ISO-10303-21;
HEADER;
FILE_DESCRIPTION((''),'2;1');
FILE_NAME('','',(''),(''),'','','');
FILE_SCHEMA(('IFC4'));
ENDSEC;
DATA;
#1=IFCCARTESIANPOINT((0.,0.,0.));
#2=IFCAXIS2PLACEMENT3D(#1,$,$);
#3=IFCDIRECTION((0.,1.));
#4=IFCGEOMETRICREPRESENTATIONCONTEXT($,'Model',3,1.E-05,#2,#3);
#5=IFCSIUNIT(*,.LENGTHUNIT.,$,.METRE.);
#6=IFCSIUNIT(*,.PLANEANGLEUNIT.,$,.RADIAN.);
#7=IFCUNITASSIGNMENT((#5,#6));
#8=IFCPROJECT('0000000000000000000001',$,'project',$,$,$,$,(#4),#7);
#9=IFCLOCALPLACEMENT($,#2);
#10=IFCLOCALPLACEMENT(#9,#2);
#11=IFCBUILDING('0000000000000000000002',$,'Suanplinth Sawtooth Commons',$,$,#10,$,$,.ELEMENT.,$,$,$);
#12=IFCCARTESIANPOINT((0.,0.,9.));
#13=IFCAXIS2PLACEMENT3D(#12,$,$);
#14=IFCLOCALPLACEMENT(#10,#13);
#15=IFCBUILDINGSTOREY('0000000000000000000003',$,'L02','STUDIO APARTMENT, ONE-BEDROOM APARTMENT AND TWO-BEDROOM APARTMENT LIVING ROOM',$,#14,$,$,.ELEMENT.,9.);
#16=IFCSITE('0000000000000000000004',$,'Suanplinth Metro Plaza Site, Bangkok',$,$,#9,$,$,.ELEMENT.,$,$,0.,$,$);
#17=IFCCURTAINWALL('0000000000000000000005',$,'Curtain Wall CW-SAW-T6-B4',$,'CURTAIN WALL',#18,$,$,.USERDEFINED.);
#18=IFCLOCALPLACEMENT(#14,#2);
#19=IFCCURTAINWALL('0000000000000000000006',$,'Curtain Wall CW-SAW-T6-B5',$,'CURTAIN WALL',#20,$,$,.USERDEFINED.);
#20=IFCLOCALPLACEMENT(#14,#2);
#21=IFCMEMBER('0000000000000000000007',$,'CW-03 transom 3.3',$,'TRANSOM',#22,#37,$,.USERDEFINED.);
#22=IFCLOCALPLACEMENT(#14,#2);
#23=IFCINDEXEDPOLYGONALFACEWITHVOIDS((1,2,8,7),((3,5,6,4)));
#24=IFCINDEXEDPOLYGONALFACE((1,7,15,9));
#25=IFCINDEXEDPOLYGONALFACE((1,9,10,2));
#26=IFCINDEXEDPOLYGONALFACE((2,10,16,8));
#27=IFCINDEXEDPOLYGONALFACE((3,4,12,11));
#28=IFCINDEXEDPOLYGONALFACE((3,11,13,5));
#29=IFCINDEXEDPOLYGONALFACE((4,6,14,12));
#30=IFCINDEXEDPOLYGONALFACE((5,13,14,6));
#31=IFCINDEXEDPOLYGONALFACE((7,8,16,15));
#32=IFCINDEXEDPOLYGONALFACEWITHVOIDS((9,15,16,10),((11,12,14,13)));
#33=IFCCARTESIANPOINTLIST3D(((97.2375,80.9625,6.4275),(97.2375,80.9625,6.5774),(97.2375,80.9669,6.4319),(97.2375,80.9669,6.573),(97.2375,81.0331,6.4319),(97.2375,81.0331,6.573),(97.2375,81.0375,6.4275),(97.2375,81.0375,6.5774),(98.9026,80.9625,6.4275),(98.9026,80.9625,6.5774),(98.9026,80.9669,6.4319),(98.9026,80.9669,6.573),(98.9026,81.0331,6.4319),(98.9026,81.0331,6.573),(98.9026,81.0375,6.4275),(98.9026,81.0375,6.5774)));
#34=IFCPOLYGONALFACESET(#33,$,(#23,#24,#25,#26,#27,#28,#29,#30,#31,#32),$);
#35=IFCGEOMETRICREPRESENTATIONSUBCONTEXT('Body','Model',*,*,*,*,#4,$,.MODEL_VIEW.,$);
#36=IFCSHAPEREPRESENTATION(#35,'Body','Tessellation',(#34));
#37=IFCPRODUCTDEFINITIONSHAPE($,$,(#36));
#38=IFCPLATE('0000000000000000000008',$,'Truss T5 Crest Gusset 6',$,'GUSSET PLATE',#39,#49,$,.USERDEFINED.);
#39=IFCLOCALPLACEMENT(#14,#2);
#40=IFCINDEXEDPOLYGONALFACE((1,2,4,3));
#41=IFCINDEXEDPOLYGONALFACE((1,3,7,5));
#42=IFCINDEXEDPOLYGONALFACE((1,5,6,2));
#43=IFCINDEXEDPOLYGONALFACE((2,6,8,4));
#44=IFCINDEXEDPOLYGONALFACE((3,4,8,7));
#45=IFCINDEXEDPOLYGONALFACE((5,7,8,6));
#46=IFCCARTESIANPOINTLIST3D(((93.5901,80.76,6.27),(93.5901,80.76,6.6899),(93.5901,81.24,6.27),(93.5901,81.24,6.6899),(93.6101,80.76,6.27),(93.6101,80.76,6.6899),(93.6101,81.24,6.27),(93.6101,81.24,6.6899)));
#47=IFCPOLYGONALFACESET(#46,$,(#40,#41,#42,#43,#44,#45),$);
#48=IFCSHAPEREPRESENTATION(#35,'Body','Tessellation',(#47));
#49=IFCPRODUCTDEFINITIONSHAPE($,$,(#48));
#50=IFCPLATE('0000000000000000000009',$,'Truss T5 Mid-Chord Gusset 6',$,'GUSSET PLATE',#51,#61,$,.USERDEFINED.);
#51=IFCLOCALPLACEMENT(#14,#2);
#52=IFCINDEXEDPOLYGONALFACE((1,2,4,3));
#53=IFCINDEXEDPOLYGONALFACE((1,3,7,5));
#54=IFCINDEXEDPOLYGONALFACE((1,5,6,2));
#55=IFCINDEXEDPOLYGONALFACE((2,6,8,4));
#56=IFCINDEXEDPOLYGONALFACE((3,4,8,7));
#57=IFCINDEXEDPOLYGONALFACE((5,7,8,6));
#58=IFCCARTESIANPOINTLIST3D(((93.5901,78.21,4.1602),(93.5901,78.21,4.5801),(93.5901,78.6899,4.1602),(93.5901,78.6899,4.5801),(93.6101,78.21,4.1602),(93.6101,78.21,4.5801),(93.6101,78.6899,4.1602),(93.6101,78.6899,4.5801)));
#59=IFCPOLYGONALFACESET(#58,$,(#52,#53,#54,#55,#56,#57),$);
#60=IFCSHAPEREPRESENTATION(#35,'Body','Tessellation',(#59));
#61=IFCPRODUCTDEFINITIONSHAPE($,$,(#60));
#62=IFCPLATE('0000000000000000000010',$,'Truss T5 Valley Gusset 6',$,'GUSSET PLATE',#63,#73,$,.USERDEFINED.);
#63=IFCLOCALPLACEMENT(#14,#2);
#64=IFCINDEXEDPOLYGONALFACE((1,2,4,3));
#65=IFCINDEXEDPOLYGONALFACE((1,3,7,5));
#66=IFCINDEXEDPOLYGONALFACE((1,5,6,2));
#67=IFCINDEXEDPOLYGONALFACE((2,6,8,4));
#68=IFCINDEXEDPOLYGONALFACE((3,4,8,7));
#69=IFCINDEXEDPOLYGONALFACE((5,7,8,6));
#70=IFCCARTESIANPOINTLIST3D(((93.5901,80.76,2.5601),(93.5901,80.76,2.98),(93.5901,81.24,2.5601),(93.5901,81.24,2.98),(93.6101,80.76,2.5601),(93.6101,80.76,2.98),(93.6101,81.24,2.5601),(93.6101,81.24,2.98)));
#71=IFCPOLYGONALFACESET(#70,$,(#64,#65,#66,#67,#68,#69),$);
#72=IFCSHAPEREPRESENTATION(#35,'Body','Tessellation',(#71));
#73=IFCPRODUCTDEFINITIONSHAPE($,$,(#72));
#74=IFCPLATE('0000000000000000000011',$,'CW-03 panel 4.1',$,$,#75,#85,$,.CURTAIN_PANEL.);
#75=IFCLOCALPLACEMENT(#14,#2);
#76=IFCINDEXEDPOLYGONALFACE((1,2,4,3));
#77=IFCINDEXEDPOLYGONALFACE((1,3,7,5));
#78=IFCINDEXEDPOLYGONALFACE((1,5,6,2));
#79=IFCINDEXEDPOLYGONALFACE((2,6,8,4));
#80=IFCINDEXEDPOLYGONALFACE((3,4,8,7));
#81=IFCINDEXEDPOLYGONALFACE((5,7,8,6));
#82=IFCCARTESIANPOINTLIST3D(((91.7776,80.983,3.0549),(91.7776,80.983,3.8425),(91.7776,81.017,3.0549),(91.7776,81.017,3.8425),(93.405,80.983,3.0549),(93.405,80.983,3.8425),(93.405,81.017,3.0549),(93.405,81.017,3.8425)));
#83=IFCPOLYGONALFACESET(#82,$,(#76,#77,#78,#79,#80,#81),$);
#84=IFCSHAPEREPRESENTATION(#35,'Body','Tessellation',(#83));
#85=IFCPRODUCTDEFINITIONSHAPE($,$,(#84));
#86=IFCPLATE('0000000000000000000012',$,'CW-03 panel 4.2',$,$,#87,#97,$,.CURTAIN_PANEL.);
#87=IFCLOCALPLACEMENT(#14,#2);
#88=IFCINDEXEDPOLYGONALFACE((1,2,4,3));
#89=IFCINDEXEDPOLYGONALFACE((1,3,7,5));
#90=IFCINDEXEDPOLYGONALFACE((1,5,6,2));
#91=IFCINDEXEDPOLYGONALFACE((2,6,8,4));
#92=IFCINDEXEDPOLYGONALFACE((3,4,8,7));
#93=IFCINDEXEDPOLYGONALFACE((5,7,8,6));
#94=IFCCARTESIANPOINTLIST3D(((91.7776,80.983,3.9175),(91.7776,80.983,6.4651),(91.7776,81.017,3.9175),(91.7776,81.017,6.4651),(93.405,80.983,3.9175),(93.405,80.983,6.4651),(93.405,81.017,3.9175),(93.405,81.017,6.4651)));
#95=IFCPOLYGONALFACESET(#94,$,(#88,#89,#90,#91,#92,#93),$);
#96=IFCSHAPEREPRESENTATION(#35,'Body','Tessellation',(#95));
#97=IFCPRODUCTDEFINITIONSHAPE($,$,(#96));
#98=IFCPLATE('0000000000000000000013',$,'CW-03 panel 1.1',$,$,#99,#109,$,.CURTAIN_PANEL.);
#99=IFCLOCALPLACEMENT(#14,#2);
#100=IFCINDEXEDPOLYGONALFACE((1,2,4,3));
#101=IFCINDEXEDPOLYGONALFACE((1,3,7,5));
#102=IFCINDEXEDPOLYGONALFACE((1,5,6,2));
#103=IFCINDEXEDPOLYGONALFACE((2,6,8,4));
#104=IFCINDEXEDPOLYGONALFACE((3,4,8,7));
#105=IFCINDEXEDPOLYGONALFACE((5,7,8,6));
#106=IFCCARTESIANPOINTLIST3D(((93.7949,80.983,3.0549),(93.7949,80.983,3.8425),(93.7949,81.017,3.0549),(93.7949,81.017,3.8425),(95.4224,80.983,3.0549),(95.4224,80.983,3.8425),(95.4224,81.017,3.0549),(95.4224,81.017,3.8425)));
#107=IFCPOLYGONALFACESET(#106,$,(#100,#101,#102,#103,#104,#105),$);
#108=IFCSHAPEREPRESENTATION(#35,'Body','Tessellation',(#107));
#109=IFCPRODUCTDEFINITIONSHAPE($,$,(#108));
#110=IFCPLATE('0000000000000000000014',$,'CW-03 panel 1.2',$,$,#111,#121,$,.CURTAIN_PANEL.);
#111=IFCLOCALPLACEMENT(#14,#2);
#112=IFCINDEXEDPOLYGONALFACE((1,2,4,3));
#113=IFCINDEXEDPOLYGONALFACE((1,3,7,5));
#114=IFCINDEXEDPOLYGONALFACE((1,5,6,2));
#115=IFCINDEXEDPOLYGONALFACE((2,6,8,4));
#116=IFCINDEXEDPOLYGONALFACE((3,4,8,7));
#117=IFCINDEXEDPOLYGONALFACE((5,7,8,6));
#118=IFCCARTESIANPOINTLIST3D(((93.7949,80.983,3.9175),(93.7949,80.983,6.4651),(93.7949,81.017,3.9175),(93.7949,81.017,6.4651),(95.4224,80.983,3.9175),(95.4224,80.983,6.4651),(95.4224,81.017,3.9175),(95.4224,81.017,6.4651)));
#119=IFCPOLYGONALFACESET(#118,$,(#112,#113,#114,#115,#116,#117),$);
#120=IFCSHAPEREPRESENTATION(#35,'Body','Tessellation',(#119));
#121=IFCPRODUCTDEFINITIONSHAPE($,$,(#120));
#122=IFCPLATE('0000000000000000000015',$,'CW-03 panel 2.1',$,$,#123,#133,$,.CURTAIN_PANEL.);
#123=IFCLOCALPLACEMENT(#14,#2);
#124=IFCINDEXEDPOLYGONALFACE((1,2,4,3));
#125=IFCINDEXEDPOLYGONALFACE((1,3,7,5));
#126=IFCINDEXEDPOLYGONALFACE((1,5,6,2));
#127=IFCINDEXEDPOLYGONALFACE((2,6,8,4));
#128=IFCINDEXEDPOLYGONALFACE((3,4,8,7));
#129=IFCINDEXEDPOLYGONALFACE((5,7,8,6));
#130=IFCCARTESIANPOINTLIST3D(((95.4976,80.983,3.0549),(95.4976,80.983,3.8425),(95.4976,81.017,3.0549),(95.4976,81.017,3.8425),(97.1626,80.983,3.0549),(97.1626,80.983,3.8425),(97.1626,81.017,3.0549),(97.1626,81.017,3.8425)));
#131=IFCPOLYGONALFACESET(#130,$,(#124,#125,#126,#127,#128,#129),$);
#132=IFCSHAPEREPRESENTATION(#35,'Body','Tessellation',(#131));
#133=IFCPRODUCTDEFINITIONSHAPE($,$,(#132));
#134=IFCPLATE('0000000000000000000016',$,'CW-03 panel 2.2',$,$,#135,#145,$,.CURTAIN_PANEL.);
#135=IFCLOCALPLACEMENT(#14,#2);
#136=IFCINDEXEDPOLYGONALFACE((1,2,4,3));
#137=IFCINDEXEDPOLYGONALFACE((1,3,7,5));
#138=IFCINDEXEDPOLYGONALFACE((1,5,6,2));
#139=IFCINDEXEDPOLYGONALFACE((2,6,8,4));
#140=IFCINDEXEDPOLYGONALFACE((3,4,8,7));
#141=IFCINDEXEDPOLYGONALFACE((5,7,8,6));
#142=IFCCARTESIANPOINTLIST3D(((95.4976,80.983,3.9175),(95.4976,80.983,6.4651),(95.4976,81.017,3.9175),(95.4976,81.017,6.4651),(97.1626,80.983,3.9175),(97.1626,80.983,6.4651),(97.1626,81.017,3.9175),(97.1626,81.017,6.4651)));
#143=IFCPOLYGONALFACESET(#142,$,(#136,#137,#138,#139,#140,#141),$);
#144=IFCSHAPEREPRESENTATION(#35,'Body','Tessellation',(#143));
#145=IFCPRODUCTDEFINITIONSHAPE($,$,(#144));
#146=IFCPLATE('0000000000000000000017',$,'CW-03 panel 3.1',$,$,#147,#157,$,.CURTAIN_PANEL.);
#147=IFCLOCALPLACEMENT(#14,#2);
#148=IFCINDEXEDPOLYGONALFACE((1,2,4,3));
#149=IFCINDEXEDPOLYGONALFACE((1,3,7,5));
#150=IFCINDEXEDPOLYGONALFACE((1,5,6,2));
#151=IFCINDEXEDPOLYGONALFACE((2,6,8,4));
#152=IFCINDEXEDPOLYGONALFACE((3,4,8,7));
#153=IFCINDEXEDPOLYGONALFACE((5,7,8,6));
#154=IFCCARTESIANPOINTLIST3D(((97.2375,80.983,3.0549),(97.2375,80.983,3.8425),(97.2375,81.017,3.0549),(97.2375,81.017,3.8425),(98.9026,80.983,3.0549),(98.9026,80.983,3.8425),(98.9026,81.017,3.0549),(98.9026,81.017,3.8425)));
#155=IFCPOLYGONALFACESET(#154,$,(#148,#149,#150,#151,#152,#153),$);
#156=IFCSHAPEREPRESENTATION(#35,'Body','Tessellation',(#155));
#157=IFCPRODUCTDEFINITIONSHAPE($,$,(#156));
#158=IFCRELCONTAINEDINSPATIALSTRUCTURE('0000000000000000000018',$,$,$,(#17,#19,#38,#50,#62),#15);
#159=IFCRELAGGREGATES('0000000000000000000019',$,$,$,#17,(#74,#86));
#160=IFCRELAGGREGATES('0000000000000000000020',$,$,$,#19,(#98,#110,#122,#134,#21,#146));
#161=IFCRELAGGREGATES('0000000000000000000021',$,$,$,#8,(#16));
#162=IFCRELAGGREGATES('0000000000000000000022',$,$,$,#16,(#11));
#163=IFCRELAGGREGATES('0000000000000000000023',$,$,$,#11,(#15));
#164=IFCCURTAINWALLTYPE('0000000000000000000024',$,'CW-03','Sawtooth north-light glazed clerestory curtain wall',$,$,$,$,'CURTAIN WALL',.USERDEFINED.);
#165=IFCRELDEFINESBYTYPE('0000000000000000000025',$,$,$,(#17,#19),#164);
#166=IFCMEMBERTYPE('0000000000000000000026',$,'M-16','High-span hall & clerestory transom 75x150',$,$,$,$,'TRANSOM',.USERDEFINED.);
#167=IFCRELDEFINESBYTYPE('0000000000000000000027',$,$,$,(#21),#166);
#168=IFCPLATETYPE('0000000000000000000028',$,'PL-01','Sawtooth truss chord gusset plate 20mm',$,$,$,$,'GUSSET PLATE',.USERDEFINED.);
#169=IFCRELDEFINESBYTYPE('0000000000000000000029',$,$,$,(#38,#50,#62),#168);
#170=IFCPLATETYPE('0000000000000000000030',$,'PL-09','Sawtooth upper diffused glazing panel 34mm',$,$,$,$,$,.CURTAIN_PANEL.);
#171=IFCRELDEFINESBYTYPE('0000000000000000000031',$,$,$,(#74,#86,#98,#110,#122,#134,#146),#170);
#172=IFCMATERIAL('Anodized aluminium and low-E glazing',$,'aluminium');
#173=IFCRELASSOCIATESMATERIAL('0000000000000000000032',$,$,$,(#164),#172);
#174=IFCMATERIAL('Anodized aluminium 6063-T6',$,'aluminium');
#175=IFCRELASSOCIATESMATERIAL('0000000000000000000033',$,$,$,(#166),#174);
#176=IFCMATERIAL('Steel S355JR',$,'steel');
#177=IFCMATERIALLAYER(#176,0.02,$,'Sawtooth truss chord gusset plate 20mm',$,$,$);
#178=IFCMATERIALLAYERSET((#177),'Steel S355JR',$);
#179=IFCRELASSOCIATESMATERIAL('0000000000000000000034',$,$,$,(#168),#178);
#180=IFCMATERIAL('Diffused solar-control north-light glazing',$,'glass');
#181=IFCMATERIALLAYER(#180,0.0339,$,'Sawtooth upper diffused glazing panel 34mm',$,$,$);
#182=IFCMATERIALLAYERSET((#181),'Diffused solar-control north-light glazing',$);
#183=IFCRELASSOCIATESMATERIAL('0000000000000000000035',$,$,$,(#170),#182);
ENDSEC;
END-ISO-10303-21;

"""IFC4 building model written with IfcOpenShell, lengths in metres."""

from ifc_helpers import new_model, si_unit, direction, frame, origin, origin_2d, place, context, subcontext, project, spatial, rectangle, hollow_rectangle, extrude, material, layer, layer_set, material_profile, profile_set, type_object, element, aggregate, save


model = new_model("IFC4")

# Units and contexts
model_context = context("Model", 3, precision=1e-05, world=origin(), true_north=direction((0.0, 1.0)))
body_context = subcontext(model_context, "Body", "Model", "MODEL_VIEW")
ifc_project = project(units=[si_unit("LENGTHUNIT", "METRE"), si_unit("PLANEANGLEUNIT", "RADIAN")], contexts=[model_context])

# Site, building, storey
site_placement = place(None, origin())
site = spatial("IfcSite", under=ifc_project, at=site_placement, Name="Suanplinth Metro Plaza Site, Bangkok", CompositionType="ELEMENT", RefElevation=0.0)
building_placement = place(site_placement, origin())
building = spatial("IfcBuilding", under=site, at=building_placement, Name="Suanplinth Sawtooth Commons", CompositionType="ELEMENT")
storey_placement = place(building_placement, frame((0.0, 0.0, 9.0)))
storey = spatial("IfcBuildingStorey", under=building, at=storey_placement, Name="L02", Description="STUDIO APARTMENT, ONE-BEDROOM APARTMENT AND TWO-BEDROOM APARTMENT LIVING ROOM", CompositionType="ELEMENT", Elevation=9.0)

# Shared definitions
ifc_material_1 = material(Name="Steel S355JR", Category="steel")

# Curtain wall
ifc_material_2 = material(Name="Anodized aluminium and low-E glazing", Category="aluminium")
curtain_wall_type = type_object("IfcCurtainWallType", Name="CW-03", Description="Sawtooth north-light glazed clerestory curtain wall", ElementType="CURTAIN WALL", PredefinedType="USERDEFINED", material=ifc_material_2)
curtain_wall_1_placement = place(storey_placement, origin())
curtain_wall_1 = element("IfcCurtainWall", 1, at=curtain_wall_1_placement, inside=storey, type_object=curtain_wall_type, Name="Curtain Wall CW-SAW-T6-B4", ObjectType="CURTAIN WALL", PredefinedType="USERDEFINED")
ifc_material_3 = material(Name="Anodized aluminium 6063-T6", Category="aluminium")

# Curtain wall, member
curtain_wall_2_placement = place(storey_placement, origin())
curtain_wall_2 = element("IfcCurtainWall", 2, at=curtain_wall_2_placement, inside=storey, type_object=curtain_wall_type, Name="Curtain Wall CW-SAW-T6-B5", ObjectType="CURTAIN WALL", PredefinedType="USERDEFINED")
ifc_material_profile_1 = material_profile(ifc_material_3, hollow_rectangle(XDim=0.075, YDim=0.1499, WallThickness=0.0044, at=origin_2d()), Name="ALU-TRN 75x150")
ifc_profile_set_1 = profile_set([ifc_material_profile_1], Name="Anodized aluminium 6063-T6")
member_type_1 = type_object("IfcMemberType", Name="M-16", Description="High-span hall & clerestory transom 75x150", ElementType="TRANSOM", PredefinedType="USERDEFINED", material=ifc_profile_set_1)
member_1_placement = place(storey_placement, frame((97.2375, 81.0, 6.5024), z_axis=(1.0, 0.0, 0.0), x_axis=(0.0, 1.0, 0.0)))
member_1 = element("IfcMember", 3, at=member_1_placement, type_object=member_type_1, Name="CW-03 transom 3.3", ObjectType="TRANSOM", PredefinedType="USERDEFINED", context=body_context, shape_type="SweptSolid", body=[
    extrude(hollow_rectangle(XDim=0.075, YDim=0.1499, WallThickness=0.0044, at=origin_2d()), origin(), (0.0, 0.0, 1.0), 1.665),
])

# Plates
ifc_layer_1 = layer(ifc_material_1, 0.02, Name="Sawtooth truss chord gusset plate 20mm")
ifc_layer_set_1 = layer_set([ifc_layer_1], Name="Steel S355JR")
plate_type_1 = type_object("IfcPlateType", Name="PL-01", Description="Sawtooth truss chord gusset plate 20mm", ElementType="GUSSET PLATE", PredefinedType="USERDEFINED", material=ifc_layer_set_1)
for number, where, z_axis, x_axis, name in (
    (4, (93.6001, 81.0, 6.27), (0.0, 0.0, 1.0), (1.0, 0.0, 0.0), "Truss T5 Crest Gusset 6"),
    (5, (93.6001, 78.45, 4.1602), (0.0, 0.0, 1.0), (1.0, 0.0, 0.0), "Truss T5 Mid-Chord Gusset 6"),
    (6, (93.6001, 81.0, 2.5601), (0.0, 0.0, 1.0), (1.0, 0.0, 0.0), "Truss T5 Valley Gusset 6"),
):
    element("IfcPlate", number, at=place(storey_placement, frame(where, z_axis=z_axis, x_axis=x_axis)), inside=storey, type_object=plate_type_1, Name=name, ObjectType="GUSSET PLATE", PredefinedType="USERDEFINED", context=body_context, shape_type="SweptSolid", body=[
        extrude(rectangle(XDim=0.02, YDim=0.48, at=origin_2d()), origin(), (0.0, 0.0, 1.0), 0.4199),
    ])

# Plates
ifc_material_4 = material(Name="Diffused solar-control north-light glazing", Category="glass")
ifc_layer_2 = layer(ifc_material_4, 0.0339, Name="Sawtooth upper diffused glazing panel 34mm")
ifc_layer_set_2 = layer_set([ifc_layer_2], Name="Diffused solar-control north-light glazing")
plate_type_2 = type_object("IfcPlateType", Name="PL-09", Description="Sawtooth upper diffused glazing panel 34mm", PredefinedType="CURTAIN_PANEL", material=ifc_layer_set_2)
plate_1_placement = place(storey_placement, frame((92.5913, 81.0, 3.0549), z_axis=(0.0, 0.0, 1.0), x_axis=(1.0, 0.0, 0.0)))
plate_1 = element("IfcPlate", 7, at=plate_1_placement, type_object=plate_type_2, Name="CW-03 panel 4.1", PredefinedType="CURTAIN_PANEL", context=body_context, shape_type="SweptSolid", body=[
    extrude(rectangle(XDim=1.6274, YDim=0.0339, at=origin_2d()), origin(), (0.0, 0.0, 1.0), 0.7876),
])
plate_2_placement = place(storey_placement, frame((92.5913, 81.0, 3.9175), z_axis=(0.0, 0.0, 1.0), x_axis=(1.0, 0.0, 0.0)))
plate_2 = element("IfcPlate", 8, at=plate_2_placement, type_object=plate_type_2, Name="CW-03 panel 4.2", PredefinedType="CURTAIN_PANEL", context=body_context, shape_type="SweptSolid", body=[
    extrude(rectangle(XDim=1.6274, YDim=0.0339, at=origin_2d()), origin(), (0.0, 0.0, 1.0), 2.5476),
])
aggregate(curtain_wall_1, [plate_1, plate_2])
plate_3_placement = place(storey_placement, frame((94.6086, 81.0, 3.0549), z_axis=(0.0, 0.0, 1.0), x_axis=(1.0, 0.0, 0.0)))
plate_3 = element("IfcPlate", 9, at=plate_3_placement, type_object=plate_type_2, Name="CW-03 panel 1.1", PredefinedType="CURTAIN_PANEL", context=body_context, shape_type="SweptSolid", body=[
    extrude(rectangle(XDim=1.6274, YDim=0.0339, at=origin_2d()), origin(), (0.0, 0.0, 1.0), 0.7876),
])
plate_4_placement = place(storey_placement, frame((94.6086, 81.0, 3.9175), z_axis=(0.0, 0.0, 1.0), x_axis=(1.0, 0.0, 0.0)))
plate_4 = element("IfcPlate", 10, at=plate_4_placement, type_object=plate_type_2, Name="CW-03 panel 1.2", PredefinedType="CURTAIN_PANEL", context=body_context, shape_type="SweptSolid", body=[
    extrude(rectangle(XDim=1.6274, YDim=0.0339, at=origin_2d()), origin(), (0.0, 0.0, 1.0), 2.5476),
])
plate_5_placement = place(storey_placement, frame((96.3301, 81.0, 3.0549), z_axis=(0.0, 0.0, 1.0), x_axis=(1.0, 0.0, 0.0)))
plate_5 = element("IfcPlate", 11, at=plate_5_placement, type_object=plate_type_2, Name="CW-03 panel 2.1", PredefinedType="CURTAIN_PANEL", context=body_context, shape_type="SweptSolid", body=[
    extrude(rectangle(XDim=1.665, YDim=0.0339, at=origin_2d()), origin(), (0.0, 0.0, 1.0), 0.7876),
])
plate_6_placement = place(storey_placement, frame((96.3301, 81.0, 3.9175), z_axis=(0.0, 0.0, 1.0), x_axis=(1.0, 0.0, 0.0)))
plate_6 = element("IfcPlate", 12, at=plate_6_placement, type_object=plate_type_2, Name="CW-03 panel 2.2", PredefinedType="CURTAIN_PANEL", context=body_context, shape_type="SweptSolid", body=[
    extrude(rectangle(XDim=1.665, YDim=0.0339, at=origin_2d()), origin(), (0.0, 0.0, 1.0), 2.5476),
])
plate_7_placement = place(storey_placement, frame((98.0701, 81.0, 3.0549), z_axis=(0.0, 0.0, 1.0), x_axis=(1.0, 0.0, 0.0)))
plate_7 = element("IfcPlate", 13, at=plate_7_placement, type_object=plate_type_2, Name="CW-03 panel 3.1", PredefinedType="CURTAIN_PANEL", context=body_context, shape_type="SweptSolid", body=[
    extrude(rectangle(XDim=1.665, YDim=0.0339, at=origin_2d()), origin(), (0.0, 0.0, 1.0), 0.7876),
])
aggregate(curtain_wall_2, [plate_3, plate_4, plate_5, plate_6, member_1, plate_7])

save(model, "model.ifc")
